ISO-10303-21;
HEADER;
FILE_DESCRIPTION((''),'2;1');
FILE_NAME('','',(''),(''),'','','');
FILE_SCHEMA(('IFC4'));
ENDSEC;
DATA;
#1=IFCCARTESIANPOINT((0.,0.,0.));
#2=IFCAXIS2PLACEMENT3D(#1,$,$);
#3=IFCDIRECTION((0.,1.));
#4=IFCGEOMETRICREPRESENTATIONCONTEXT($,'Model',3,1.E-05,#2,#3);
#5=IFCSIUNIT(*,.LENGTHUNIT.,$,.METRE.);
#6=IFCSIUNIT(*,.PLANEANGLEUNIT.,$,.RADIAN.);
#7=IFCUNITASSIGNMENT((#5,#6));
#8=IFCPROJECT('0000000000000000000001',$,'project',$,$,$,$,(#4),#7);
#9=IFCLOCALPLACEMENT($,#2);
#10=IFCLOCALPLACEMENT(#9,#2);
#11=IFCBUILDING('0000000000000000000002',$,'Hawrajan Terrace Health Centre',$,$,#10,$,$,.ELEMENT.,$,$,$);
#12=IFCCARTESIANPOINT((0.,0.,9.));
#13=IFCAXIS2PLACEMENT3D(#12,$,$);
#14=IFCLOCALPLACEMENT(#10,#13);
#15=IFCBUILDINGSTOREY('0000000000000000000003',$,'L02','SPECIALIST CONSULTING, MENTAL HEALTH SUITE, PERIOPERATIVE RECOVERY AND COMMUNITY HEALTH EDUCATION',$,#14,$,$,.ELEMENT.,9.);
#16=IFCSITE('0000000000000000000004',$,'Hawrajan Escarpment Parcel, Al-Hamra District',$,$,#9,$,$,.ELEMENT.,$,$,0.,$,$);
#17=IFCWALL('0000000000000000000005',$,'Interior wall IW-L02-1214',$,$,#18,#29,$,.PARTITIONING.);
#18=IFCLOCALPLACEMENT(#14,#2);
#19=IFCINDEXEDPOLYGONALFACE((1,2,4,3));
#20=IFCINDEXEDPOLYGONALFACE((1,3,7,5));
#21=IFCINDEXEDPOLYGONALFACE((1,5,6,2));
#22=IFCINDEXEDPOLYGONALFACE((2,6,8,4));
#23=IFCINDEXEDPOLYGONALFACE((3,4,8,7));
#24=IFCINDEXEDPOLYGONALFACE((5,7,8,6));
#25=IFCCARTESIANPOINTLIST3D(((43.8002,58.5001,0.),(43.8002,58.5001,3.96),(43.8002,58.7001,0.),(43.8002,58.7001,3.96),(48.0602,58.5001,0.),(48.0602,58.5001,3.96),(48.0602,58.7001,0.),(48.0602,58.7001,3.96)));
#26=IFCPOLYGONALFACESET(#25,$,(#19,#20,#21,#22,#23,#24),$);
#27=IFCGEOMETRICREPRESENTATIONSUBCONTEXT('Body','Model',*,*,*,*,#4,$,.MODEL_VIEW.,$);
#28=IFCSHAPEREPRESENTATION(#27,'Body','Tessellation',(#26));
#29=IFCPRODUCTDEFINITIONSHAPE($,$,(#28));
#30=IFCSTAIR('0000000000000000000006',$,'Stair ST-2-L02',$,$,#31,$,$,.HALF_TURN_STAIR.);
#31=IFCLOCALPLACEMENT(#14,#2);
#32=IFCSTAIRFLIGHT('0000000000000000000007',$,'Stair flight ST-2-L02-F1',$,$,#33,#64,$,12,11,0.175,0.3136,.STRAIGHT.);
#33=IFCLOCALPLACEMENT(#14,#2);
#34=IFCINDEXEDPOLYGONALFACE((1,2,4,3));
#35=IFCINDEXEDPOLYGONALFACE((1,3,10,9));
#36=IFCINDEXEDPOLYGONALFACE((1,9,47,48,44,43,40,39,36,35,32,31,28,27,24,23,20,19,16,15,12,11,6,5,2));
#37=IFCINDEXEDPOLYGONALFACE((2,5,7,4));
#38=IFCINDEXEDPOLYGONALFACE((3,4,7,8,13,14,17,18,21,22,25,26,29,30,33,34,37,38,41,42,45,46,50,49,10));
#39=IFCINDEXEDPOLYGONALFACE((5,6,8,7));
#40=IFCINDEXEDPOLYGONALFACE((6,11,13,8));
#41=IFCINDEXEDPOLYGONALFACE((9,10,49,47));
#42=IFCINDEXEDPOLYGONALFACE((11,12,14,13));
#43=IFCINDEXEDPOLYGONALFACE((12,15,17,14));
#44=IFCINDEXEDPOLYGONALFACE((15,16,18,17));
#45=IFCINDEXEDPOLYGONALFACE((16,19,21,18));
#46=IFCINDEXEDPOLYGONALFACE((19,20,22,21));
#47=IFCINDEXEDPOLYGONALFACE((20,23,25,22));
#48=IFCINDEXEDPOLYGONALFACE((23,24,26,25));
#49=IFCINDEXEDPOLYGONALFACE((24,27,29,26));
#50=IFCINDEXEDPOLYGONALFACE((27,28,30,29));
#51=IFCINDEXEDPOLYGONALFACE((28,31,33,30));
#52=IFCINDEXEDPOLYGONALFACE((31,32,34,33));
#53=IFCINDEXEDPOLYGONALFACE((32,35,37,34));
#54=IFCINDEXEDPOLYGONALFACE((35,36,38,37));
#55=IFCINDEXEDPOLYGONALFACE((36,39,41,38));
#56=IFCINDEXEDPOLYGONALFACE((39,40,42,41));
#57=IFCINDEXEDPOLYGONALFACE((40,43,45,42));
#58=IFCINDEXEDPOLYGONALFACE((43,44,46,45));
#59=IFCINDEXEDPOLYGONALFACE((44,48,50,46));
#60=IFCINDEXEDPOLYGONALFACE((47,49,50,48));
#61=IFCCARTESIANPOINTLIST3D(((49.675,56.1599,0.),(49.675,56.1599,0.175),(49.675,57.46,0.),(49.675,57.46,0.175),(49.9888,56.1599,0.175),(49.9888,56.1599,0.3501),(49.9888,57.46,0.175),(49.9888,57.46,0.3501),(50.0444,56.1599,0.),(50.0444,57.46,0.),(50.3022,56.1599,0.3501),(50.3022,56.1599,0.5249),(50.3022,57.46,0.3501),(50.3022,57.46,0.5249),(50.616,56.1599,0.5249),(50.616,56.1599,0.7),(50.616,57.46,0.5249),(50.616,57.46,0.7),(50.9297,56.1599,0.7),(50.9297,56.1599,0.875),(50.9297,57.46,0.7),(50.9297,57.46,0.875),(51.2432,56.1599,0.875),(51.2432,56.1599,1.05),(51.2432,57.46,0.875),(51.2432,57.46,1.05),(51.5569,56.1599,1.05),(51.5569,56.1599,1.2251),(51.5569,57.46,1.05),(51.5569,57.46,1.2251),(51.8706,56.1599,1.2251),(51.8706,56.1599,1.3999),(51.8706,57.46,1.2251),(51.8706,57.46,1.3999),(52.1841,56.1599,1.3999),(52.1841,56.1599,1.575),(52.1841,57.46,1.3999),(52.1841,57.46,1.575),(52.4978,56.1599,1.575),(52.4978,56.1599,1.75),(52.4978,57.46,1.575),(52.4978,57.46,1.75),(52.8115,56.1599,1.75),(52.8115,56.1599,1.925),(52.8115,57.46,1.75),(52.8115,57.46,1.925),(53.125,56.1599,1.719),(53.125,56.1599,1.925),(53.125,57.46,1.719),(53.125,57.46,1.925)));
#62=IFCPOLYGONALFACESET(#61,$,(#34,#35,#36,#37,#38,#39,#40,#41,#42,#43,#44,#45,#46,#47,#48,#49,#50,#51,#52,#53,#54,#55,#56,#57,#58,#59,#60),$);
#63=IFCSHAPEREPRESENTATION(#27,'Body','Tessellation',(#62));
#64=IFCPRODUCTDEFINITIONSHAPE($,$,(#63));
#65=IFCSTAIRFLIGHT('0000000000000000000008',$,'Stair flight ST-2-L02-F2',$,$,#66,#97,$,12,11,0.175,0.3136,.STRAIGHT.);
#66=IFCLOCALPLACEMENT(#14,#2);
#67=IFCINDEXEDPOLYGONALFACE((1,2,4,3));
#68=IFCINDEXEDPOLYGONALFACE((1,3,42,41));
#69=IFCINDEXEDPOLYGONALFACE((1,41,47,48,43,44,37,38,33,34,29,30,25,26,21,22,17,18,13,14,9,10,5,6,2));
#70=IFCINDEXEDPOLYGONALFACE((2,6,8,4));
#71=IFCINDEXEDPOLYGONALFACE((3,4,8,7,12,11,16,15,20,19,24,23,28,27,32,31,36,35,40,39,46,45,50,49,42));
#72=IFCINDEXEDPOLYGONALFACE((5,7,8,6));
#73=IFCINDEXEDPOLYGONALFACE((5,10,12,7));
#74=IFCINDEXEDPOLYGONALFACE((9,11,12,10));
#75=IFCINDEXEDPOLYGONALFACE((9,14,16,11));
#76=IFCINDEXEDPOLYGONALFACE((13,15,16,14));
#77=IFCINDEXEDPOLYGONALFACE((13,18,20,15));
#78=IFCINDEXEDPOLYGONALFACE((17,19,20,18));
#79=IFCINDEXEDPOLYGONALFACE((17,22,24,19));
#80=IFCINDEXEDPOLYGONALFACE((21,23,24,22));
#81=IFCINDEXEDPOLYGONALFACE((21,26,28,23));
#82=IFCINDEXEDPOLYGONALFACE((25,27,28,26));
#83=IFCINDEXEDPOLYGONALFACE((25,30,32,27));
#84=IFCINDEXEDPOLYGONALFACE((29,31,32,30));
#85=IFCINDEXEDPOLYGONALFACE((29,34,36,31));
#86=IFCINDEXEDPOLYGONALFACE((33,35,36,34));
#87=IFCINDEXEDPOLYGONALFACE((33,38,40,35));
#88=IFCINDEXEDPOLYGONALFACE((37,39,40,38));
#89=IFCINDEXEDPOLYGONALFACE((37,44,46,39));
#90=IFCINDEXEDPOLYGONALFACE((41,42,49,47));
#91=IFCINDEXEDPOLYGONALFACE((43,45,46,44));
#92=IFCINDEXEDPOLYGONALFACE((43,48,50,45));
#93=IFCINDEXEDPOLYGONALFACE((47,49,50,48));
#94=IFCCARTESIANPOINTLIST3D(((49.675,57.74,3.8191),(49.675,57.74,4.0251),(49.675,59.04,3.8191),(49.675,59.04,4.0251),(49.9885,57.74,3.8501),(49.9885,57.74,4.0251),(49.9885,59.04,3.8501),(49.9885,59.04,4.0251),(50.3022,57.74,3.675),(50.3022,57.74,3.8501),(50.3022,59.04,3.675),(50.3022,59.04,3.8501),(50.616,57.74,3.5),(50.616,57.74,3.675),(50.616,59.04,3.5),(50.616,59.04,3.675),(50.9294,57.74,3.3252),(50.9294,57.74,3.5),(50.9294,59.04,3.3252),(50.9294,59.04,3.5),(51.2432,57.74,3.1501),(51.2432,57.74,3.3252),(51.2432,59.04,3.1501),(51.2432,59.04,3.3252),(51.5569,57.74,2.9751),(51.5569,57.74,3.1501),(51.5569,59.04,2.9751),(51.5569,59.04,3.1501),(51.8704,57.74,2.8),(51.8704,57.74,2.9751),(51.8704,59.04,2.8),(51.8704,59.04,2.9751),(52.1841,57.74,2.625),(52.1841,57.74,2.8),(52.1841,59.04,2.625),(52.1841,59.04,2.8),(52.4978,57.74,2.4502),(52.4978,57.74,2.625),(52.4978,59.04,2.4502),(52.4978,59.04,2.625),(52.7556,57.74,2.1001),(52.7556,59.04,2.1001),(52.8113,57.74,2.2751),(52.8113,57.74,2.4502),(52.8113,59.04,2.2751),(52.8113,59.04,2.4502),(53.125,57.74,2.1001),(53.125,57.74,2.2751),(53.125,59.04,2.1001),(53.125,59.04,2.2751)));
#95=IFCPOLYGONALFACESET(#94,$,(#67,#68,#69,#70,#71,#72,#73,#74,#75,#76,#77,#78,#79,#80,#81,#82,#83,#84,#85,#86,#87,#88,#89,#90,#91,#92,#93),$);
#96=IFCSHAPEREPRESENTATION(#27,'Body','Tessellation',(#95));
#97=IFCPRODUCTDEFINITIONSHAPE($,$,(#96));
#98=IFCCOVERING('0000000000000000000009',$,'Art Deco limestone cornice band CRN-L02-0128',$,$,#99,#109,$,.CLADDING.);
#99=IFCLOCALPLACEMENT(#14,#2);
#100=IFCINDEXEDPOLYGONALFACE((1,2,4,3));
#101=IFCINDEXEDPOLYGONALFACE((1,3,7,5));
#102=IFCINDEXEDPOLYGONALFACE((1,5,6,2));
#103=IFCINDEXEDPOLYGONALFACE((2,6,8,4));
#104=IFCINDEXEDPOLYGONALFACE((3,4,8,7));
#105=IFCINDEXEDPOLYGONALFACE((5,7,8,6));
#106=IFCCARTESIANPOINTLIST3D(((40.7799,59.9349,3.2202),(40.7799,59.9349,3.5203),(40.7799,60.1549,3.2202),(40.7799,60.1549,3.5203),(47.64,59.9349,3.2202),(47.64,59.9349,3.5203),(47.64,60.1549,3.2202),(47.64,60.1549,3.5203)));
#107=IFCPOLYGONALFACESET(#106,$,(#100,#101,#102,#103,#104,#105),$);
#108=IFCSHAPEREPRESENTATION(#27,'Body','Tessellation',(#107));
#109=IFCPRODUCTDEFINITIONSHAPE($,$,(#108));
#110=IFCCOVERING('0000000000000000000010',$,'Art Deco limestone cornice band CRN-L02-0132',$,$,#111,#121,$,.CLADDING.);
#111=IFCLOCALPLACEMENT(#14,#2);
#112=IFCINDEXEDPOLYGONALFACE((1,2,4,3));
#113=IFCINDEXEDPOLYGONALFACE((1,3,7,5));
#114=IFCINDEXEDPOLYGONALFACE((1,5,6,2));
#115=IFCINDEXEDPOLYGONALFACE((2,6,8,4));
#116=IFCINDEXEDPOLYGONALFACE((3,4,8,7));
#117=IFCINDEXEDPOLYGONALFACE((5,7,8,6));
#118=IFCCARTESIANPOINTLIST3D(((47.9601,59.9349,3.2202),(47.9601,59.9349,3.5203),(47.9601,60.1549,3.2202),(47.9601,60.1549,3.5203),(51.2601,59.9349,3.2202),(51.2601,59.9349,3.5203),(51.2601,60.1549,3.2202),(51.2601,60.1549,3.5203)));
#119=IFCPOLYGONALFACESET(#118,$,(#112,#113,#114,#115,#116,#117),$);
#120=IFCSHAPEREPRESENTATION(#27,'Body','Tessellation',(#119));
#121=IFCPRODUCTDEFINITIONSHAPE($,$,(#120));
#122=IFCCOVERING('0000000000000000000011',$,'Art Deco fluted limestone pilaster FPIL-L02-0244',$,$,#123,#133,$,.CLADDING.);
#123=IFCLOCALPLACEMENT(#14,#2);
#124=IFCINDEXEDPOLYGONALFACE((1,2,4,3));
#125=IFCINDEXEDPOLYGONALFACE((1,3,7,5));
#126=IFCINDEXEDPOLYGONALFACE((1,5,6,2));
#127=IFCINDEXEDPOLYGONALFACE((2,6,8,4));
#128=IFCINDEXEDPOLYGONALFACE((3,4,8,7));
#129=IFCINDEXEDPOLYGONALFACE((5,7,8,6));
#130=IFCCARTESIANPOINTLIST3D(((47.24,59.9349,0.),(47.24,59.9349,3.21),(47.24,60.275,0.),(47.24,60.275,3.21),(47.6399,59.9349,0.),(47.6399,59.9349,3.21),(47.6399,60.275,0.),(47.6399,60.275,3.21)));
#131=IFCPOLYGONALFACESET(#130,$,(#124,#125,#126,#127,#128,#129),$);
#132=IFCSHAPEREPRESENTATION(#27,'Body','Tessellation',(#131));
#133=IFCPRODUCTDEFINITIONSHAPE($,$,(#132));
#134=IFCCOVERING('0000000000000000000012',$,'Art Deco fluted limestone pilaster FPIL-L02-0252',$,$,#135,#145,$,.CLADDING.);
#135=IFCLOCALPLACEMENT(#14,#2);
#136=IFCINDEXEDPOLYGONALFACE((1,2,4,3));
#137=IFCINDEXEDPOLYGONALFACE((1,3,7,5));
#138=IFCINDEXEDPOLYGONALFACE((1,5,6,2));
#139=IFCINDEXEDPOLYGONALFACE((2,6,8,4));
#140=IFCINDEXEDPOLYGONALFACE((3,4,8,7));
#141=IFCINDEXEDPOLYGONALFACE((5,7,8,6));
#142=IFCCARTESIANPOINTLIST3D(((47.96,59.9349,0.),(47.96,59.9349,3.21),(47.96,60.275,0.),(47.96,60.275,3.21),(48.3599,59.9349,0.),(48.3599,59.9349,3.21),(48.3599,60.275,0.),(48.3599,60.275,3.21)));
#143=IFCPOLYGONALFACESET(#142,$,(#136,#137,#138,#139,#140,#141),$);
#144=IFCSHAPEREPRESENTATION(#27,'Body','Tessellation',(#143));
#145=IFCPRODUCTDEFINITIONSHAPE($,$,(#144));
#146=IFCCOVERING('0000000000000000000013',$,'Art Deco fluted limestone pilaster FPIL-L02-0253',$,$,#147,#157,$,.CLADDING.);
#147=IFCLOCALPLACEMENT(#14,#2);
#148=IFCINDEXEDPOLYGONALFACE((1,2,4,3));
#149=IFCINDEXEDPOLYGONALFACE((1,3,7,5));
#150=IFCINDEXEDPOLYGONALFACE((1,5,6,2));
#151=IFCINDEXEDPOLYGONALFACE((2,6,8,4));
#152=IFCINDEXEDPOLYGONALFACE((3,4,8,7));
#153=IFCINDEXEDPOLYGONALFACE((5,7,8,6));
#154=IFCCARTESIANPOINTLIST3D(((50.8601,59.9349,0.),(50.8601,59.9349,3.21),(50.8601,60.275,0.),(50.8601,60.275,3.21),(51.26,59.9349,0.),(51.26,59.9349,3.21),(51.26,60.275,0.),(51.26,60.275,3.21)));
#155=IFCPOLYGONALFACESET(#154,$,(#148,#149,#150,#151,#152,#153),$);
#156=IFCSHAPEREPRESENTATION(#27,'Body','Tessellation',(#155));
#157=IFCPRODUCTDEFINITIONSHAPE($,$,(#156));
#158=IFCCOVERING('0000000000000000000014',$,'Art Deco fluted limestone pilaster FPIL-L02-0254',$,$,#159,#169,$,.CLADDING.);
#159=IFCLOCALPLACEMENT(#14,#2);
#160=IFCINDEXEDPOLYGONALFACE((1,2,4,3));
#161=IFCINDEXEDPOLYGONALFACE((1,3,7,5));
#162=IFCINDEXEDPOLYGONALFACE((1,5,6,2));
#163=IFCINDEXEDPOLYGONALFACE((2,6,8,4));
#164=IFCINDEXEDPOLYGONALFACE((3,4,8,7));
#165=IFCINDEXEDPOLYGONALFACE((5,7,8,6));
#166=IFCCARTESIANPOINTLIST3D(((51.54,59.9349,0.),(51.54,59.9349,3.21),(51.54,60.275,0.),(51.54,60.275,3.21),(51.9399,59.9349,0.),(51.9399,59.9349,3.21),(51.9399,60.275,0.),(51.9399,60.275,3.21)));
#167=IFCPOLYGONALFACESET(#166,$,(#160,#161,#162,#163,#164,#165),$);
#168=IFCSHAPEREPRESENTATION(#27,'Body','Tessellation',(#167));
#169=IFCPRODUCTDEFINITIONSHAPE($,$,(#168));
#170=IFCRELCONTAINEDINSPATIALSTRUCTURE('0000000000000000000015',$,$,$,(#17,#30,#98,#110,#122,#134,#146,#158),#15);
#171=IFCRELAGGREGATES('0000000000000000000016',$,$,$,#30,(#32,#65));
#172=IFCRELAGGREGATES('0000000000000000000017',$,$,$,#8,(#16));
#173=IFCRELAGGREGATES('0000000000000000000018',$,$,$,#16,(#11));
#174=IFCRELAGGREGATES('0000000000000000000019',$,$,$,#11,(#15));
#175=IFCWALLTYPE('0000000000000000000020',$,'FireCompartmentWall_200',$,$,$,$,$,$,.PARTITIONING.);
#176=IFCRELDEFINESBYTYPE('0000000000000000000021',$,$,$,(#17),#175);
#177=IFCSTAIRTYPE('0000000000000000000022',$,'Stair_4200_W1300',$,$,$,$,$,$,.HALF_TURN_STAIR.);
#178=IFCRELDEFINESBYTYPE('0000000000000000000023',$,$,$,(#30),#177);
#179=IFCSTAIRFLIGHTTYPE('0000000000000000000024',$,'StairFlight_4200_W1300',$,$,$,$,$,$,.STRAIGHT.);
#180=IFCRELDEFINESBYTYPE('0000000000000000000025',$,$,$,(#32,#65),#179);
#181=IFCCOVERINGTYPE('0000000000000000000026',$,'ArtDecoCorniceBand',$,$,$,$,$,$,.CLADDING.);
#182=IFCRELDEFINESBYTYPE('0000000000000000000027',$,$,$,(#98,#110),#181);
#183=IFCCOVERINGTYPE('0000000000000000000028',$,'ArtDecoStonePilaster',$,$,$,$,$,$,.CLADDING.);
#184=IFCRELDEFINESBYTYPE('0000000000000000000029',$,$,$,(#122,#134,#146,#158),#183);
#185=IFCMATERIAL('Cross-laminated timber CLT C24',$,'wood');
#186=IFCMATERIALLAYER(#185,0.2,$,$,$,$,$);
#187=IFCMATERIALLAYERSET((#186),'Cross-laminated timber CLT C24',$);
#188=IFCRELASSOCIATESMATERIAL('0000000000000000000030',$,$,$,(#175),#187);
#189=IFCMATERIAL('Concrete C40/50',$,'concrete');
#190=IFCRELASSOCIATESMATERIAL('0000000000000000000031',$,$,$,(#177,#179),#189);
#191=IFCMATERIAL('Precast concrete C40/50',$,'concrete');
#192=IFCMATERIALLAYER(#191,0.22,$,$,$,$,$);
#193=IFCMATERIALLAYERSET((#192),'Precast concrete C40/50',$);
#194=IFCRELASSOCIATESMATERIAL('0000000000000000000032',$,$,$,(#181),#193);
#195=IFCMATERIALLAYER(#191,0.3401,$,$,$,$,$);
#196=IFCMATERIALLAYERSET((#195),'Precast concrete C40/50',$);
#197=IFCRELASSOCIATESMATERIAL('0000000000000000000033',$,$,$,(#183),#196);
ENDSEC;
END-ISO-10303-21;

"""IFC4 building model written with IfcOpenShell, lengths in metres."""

from ifc_helpers import new_model, si_unit, direction, frame, frame_2d, origin, origin_2d, place, context, subcontext, project, spatial, polyline, rectangle, outline, extrude, material, layer, layer_set, type_object, element, aggregate, save


model = new_model("IFC4")

# Units and contexts
model_context = context("Model", 3, precision=1e-05, world=origin(), true_north=direction((0.0, 1.0)))
body_context = subcontext(model_context, "Body", "Model", "MODEL_VIEW")
ifc_project = project(units=[si_unit("LENGTHUNIT", "METRE"), si_unit("PLANEANGLEUNIT", "RADIAN")], contexts=[model_context])

# Site, building, storey
site_placement = place(None, origin())
site = spatial("IfcSite", under=ifc_project, at=site_placement, Name="Hawrajan Escarpment Parcel, Al-Hamra District", CompositionType="ELEMENT", RefElevation=0.0)
building_placement = place(site_placement, origin())
building = spatial("IfcBuilding", under=site, at=building_placement, Name="Hawrajan Terrace Health Centre", CompositionType="ELEMENT")
storey_placement = place(building_placement, frame((0.0, 0.0, 9.0)))
storey = spatial("IfcBuildingStorey", under=building, at=storey_placement, Name="L02", Description="SPECIALIST CONSULTING, MENTAL HEALTH SUITE, PERIOPERATIVE RECOVERY AND COMMUNITY HEALTH EDUCATION", CompositionType="ELEMENT", Elevation=9.0)

# Shared definitions
ifc_material_1 = material(Name="Precast concrete C40/50", Category="concrete")
ifc_material_2 = material(Name="Concrete C40/50", Category="concrete")

# Wall
ifc_material_3 = material(Name="Cross-laminated timber CLT C24", Category="wood")
ifc_layer_1 = layer(ifc_material_3, 0.2)
ifc_layer_set_1 = layer_set([ifc_layer_1], Name="Cross-laminated timber CLT C24")
wall_type_1 = type_object("IfcWallType", Name="FireCompartmentWall_200", PredefinedType="PARTITIONING", material=ifc_layer_set_1)
wall_1_placement = place(storey_placement, frame((48.0601, 58.6001, 0.0), z_axis=(0.0, 0.0, 1.0), x_axis=(-1.0, 0.0, 0.0)))
element("IfcWall", 1, at=wall_1_placement, inside=storey, type_object=wall_type_1, Name="Interior wall IW-L02-1214", PredefinedType="PARTITIONING", context=body_context, shape_type="SweptSolid", body=[
    extrude(rectangle(XDim=4.26, YDim=0.2, at=frame_2d((2.1299, 0.0))), origin(), (0.0, 0.0, 1.0), 3.96),
])

# Stair, stair flights
stair_type = type_object("IfcStairType", Name="Stair_4200_W1300", PredefinedType="HALF_TURN_STAIR", material=ifc_material_2)
stair_placement = place(storey_placement, origin())
stair = element("IfcStair", 2, at=stair_placement, inside=storey, type_object=stair_type, Name="Stair ST-2-L02", PredefinedType="HALF_TURN_STAIR")
stair_flight_type = type_object("IfcStairFlightType", Name="StairFlight_4200_W1300", PredefinedType="STRAIGHT", material=ifc_material_2)
stair_flight_1_placement = place(storey_placement, frame((49.675, 56.8101, 0.0), z_axis=(0.0, 0.0, 1.0), x_axis=(1.0, 0.0, 0.0)))
stair_flight_1 = element("IfcStairFlight", 3, at=stair_flight_1_placement, type_object=stair_flight_type, Name="Stair flight ST-2-L02-F1", NumberOfRisers=12, NumberOfTreads=11, PredefinedType="STRAIGHT", RiserHeight=0.175, TreadLength=0.3136, context=body_context, shape_type="SweptSolid", body=[
    extrude(outline(polyline([(0.0, 0.0), (0.0, 0.175), (0.3137, 0.175), (0.3137, 0.3501), (0.6272, 0.3501), (0.6272, 0.5249), (0.9409, 0.5249), (0.9409, 0.7), (1.2546, 0.7), (1.2546, 0.875), (1.5681, 0.875), (1.5681, 1.05), (1.8818, 1.05), (1.8818, 1.2251), (2.1956, 1.2251), (2.1956, 1.3999), (2.509, 1.3999), (2.509, 1.575), (2.8228, 1.575), (2.8228, 1.75), (3.1365, 1.75), (3.1365, 1.925), (3.45, 1.925), (3.45, 2.1001), (3.45, 1.719), (0.3694, 0.0), (0.0, 0.0)])), frame((0.0, 0.6499, 0.0), z_axis=(0.0, -1.0, 0.0), x_axis=(1.0, 0.0, 0.0)), (0.0, 0.0, 1.0), 1.3),
])
stair_flight_2_placement = place(storey_placement, frame((53.125, 58.3899, 2.1001), z_axis=(0.0, 0.0, 1.0), x_axis=(-1.0, 0.0, 0.0)))
stair_flight_2 = element("IfcStairFlight", 4, at=stair_flight_2_placement, type_object=stair_flight_type, Name="Stair flight ST-2-L02-F2", NumberOfRisers=12, NumberOfTreads=11, PredefinedType="STRAIGHT", RiserHeight=0.175, TreadLength=0.3136, context=body_context, shape_type="SweptSolid", body=[
    extrude(outline(polyline([(0.0, 0.0), (0.0, 0.175), (0.3137, 0.175), (0.3137, 0.3501), (0.6272, 0.3501), (0.6272, 0.5249), (0.9409, 0.5249), (0.9409, 0.7), (1.2546, 0.7), (1.2546, 0.875), (1.5681, 0.875), (1.5681, 1.05), (1.8818, 1.05), (1.8818, 1.2251), (2.1956, 1.2251), (2.1956, 1.3999), (2.509, 1.3999), (2.509, 1.575), (2.8228, 1.575), (2.8228, 1.75), (3.1365, 1.75), (3.1365, 1.925), (3.45, 1.925), (3.45, 2.1001), (3.45, 1.719), (0.3694, 0.0), (0.0, 0.0)])), frame((0.0, 0.6499, 0.0), z_axis=(0.0, -1.0, 0.0), x_axis=(1.0, 0.0, 0.0)), (0.0, 0.0, 1.0), 1.3),
])
aggregate(stair, [stair_flight_1, stair_flight_2])

# Coverings
ifc_layer_2 = layer(ifc_material_1, 0.22)
ifc_layer_set_2 = layer_set([ifc_layer_2], Name="Precast concrete C40/50")
covering_type_1 = type_object("IfcCoveringType", Name="ArtDecoCorniceBand", PredefinedType="CLADDING", material=ifc_layer_set_2)
covering_1_placement = place(storey_placement, frame((44.21, 60.0449, 3.2202), z_axis=(0.0, 0.0, 1.0), x_axis=(1.0, 0.0, 0.0)))
element("IfcCovering", 5, at=covering_1_placement, inside=storey, type_object=covering_type_1, Name="Art Deco limestone cornice band CRN-L02-0128", PredefinedType="CLADDING", context=body_context, shape_type="SweptSolid", body=[
    extrude(rectangle(XDim=6.8601, YDim=0.22, at=origin_2d()), origin(), (0.0, 0.0, 1.0), 0.3),
])
covering_2_placement = place(storey_placement, frame((49.6101, 60.0449, 3.2202), z_axis=(0.0, 0.0, 1.0), x_axis=(1.0, 0.0, 0.0)))
element("IfcCovering", 6, at=covering_2_placement, inside=storey, type_object=covering_type_1, Name="Art Deco limestone cornice band CRN-L02-0132", PredefinedType="CLADDING", context=body_context, shape_type="SweptSolid", body=[
    extrude(rectangle(XDim=3.3, YDim=0.22, at=origin_2d()), origin(), (0.0, 0.0, 1.0), 0.3),
])
ifc_layer_3 = layer(ifc_material_1, 0.3401)
ifc_layer_set_3 = layer_set([ifc_layer_3], Name="Precast concrete C40/50")
covering_type_2 = type_object("IfcCoveringType", Name="ArtDecoStonePilaster", PredefinedType="CLADDING", material=ifc_layer_set_3)
for number, where, z_axis, x_axis, name in (
    (7, (47.4399, 60.105, 0.0), (0.0, 0.0, 1.0), (1.0, 0.0, 0.0), "Art Deco fluted limestone pilaster FPIL-L02-0244"),
    (8, (48.1599, 60.105, 0.0), (0.0, 0.0, 1.0), (1.0, 0.0, 0.0), "Art Deco fluted limestone pilaster FPIL-L02-0252"),
    (9, (51.0601, 60.105, 0.0), (0.0, 0.0, 1.0), (1.0, 0.0, 0.0), "Art Deco fluted limestone pilaster FPIL-L02-0253"),
    (10, (51.74, 60.105, 0.0), (0.0, 0.0, 1.0), (1.0, 0.0, 0.0), "Art Deco fluted limestone pilaster FPIL-L02-0254"),
):
    element("IfcCovering", number, at=place(storey_placement, frame(where, z_axis=z_axis, x_axis=x_axis)), inside=storey, type_object=covering_type_2, Name=name, PredefinedType="CLADDING", context=body_context, shape_type="SweptSolid", body=[
        extrude(rectangle(XDim=0.3999, YDim=0.3401, at=origin_2d()), origin(), (0.0, 0.0, 1.0), 3.21),
    ])

save(model, "model.ifc")
